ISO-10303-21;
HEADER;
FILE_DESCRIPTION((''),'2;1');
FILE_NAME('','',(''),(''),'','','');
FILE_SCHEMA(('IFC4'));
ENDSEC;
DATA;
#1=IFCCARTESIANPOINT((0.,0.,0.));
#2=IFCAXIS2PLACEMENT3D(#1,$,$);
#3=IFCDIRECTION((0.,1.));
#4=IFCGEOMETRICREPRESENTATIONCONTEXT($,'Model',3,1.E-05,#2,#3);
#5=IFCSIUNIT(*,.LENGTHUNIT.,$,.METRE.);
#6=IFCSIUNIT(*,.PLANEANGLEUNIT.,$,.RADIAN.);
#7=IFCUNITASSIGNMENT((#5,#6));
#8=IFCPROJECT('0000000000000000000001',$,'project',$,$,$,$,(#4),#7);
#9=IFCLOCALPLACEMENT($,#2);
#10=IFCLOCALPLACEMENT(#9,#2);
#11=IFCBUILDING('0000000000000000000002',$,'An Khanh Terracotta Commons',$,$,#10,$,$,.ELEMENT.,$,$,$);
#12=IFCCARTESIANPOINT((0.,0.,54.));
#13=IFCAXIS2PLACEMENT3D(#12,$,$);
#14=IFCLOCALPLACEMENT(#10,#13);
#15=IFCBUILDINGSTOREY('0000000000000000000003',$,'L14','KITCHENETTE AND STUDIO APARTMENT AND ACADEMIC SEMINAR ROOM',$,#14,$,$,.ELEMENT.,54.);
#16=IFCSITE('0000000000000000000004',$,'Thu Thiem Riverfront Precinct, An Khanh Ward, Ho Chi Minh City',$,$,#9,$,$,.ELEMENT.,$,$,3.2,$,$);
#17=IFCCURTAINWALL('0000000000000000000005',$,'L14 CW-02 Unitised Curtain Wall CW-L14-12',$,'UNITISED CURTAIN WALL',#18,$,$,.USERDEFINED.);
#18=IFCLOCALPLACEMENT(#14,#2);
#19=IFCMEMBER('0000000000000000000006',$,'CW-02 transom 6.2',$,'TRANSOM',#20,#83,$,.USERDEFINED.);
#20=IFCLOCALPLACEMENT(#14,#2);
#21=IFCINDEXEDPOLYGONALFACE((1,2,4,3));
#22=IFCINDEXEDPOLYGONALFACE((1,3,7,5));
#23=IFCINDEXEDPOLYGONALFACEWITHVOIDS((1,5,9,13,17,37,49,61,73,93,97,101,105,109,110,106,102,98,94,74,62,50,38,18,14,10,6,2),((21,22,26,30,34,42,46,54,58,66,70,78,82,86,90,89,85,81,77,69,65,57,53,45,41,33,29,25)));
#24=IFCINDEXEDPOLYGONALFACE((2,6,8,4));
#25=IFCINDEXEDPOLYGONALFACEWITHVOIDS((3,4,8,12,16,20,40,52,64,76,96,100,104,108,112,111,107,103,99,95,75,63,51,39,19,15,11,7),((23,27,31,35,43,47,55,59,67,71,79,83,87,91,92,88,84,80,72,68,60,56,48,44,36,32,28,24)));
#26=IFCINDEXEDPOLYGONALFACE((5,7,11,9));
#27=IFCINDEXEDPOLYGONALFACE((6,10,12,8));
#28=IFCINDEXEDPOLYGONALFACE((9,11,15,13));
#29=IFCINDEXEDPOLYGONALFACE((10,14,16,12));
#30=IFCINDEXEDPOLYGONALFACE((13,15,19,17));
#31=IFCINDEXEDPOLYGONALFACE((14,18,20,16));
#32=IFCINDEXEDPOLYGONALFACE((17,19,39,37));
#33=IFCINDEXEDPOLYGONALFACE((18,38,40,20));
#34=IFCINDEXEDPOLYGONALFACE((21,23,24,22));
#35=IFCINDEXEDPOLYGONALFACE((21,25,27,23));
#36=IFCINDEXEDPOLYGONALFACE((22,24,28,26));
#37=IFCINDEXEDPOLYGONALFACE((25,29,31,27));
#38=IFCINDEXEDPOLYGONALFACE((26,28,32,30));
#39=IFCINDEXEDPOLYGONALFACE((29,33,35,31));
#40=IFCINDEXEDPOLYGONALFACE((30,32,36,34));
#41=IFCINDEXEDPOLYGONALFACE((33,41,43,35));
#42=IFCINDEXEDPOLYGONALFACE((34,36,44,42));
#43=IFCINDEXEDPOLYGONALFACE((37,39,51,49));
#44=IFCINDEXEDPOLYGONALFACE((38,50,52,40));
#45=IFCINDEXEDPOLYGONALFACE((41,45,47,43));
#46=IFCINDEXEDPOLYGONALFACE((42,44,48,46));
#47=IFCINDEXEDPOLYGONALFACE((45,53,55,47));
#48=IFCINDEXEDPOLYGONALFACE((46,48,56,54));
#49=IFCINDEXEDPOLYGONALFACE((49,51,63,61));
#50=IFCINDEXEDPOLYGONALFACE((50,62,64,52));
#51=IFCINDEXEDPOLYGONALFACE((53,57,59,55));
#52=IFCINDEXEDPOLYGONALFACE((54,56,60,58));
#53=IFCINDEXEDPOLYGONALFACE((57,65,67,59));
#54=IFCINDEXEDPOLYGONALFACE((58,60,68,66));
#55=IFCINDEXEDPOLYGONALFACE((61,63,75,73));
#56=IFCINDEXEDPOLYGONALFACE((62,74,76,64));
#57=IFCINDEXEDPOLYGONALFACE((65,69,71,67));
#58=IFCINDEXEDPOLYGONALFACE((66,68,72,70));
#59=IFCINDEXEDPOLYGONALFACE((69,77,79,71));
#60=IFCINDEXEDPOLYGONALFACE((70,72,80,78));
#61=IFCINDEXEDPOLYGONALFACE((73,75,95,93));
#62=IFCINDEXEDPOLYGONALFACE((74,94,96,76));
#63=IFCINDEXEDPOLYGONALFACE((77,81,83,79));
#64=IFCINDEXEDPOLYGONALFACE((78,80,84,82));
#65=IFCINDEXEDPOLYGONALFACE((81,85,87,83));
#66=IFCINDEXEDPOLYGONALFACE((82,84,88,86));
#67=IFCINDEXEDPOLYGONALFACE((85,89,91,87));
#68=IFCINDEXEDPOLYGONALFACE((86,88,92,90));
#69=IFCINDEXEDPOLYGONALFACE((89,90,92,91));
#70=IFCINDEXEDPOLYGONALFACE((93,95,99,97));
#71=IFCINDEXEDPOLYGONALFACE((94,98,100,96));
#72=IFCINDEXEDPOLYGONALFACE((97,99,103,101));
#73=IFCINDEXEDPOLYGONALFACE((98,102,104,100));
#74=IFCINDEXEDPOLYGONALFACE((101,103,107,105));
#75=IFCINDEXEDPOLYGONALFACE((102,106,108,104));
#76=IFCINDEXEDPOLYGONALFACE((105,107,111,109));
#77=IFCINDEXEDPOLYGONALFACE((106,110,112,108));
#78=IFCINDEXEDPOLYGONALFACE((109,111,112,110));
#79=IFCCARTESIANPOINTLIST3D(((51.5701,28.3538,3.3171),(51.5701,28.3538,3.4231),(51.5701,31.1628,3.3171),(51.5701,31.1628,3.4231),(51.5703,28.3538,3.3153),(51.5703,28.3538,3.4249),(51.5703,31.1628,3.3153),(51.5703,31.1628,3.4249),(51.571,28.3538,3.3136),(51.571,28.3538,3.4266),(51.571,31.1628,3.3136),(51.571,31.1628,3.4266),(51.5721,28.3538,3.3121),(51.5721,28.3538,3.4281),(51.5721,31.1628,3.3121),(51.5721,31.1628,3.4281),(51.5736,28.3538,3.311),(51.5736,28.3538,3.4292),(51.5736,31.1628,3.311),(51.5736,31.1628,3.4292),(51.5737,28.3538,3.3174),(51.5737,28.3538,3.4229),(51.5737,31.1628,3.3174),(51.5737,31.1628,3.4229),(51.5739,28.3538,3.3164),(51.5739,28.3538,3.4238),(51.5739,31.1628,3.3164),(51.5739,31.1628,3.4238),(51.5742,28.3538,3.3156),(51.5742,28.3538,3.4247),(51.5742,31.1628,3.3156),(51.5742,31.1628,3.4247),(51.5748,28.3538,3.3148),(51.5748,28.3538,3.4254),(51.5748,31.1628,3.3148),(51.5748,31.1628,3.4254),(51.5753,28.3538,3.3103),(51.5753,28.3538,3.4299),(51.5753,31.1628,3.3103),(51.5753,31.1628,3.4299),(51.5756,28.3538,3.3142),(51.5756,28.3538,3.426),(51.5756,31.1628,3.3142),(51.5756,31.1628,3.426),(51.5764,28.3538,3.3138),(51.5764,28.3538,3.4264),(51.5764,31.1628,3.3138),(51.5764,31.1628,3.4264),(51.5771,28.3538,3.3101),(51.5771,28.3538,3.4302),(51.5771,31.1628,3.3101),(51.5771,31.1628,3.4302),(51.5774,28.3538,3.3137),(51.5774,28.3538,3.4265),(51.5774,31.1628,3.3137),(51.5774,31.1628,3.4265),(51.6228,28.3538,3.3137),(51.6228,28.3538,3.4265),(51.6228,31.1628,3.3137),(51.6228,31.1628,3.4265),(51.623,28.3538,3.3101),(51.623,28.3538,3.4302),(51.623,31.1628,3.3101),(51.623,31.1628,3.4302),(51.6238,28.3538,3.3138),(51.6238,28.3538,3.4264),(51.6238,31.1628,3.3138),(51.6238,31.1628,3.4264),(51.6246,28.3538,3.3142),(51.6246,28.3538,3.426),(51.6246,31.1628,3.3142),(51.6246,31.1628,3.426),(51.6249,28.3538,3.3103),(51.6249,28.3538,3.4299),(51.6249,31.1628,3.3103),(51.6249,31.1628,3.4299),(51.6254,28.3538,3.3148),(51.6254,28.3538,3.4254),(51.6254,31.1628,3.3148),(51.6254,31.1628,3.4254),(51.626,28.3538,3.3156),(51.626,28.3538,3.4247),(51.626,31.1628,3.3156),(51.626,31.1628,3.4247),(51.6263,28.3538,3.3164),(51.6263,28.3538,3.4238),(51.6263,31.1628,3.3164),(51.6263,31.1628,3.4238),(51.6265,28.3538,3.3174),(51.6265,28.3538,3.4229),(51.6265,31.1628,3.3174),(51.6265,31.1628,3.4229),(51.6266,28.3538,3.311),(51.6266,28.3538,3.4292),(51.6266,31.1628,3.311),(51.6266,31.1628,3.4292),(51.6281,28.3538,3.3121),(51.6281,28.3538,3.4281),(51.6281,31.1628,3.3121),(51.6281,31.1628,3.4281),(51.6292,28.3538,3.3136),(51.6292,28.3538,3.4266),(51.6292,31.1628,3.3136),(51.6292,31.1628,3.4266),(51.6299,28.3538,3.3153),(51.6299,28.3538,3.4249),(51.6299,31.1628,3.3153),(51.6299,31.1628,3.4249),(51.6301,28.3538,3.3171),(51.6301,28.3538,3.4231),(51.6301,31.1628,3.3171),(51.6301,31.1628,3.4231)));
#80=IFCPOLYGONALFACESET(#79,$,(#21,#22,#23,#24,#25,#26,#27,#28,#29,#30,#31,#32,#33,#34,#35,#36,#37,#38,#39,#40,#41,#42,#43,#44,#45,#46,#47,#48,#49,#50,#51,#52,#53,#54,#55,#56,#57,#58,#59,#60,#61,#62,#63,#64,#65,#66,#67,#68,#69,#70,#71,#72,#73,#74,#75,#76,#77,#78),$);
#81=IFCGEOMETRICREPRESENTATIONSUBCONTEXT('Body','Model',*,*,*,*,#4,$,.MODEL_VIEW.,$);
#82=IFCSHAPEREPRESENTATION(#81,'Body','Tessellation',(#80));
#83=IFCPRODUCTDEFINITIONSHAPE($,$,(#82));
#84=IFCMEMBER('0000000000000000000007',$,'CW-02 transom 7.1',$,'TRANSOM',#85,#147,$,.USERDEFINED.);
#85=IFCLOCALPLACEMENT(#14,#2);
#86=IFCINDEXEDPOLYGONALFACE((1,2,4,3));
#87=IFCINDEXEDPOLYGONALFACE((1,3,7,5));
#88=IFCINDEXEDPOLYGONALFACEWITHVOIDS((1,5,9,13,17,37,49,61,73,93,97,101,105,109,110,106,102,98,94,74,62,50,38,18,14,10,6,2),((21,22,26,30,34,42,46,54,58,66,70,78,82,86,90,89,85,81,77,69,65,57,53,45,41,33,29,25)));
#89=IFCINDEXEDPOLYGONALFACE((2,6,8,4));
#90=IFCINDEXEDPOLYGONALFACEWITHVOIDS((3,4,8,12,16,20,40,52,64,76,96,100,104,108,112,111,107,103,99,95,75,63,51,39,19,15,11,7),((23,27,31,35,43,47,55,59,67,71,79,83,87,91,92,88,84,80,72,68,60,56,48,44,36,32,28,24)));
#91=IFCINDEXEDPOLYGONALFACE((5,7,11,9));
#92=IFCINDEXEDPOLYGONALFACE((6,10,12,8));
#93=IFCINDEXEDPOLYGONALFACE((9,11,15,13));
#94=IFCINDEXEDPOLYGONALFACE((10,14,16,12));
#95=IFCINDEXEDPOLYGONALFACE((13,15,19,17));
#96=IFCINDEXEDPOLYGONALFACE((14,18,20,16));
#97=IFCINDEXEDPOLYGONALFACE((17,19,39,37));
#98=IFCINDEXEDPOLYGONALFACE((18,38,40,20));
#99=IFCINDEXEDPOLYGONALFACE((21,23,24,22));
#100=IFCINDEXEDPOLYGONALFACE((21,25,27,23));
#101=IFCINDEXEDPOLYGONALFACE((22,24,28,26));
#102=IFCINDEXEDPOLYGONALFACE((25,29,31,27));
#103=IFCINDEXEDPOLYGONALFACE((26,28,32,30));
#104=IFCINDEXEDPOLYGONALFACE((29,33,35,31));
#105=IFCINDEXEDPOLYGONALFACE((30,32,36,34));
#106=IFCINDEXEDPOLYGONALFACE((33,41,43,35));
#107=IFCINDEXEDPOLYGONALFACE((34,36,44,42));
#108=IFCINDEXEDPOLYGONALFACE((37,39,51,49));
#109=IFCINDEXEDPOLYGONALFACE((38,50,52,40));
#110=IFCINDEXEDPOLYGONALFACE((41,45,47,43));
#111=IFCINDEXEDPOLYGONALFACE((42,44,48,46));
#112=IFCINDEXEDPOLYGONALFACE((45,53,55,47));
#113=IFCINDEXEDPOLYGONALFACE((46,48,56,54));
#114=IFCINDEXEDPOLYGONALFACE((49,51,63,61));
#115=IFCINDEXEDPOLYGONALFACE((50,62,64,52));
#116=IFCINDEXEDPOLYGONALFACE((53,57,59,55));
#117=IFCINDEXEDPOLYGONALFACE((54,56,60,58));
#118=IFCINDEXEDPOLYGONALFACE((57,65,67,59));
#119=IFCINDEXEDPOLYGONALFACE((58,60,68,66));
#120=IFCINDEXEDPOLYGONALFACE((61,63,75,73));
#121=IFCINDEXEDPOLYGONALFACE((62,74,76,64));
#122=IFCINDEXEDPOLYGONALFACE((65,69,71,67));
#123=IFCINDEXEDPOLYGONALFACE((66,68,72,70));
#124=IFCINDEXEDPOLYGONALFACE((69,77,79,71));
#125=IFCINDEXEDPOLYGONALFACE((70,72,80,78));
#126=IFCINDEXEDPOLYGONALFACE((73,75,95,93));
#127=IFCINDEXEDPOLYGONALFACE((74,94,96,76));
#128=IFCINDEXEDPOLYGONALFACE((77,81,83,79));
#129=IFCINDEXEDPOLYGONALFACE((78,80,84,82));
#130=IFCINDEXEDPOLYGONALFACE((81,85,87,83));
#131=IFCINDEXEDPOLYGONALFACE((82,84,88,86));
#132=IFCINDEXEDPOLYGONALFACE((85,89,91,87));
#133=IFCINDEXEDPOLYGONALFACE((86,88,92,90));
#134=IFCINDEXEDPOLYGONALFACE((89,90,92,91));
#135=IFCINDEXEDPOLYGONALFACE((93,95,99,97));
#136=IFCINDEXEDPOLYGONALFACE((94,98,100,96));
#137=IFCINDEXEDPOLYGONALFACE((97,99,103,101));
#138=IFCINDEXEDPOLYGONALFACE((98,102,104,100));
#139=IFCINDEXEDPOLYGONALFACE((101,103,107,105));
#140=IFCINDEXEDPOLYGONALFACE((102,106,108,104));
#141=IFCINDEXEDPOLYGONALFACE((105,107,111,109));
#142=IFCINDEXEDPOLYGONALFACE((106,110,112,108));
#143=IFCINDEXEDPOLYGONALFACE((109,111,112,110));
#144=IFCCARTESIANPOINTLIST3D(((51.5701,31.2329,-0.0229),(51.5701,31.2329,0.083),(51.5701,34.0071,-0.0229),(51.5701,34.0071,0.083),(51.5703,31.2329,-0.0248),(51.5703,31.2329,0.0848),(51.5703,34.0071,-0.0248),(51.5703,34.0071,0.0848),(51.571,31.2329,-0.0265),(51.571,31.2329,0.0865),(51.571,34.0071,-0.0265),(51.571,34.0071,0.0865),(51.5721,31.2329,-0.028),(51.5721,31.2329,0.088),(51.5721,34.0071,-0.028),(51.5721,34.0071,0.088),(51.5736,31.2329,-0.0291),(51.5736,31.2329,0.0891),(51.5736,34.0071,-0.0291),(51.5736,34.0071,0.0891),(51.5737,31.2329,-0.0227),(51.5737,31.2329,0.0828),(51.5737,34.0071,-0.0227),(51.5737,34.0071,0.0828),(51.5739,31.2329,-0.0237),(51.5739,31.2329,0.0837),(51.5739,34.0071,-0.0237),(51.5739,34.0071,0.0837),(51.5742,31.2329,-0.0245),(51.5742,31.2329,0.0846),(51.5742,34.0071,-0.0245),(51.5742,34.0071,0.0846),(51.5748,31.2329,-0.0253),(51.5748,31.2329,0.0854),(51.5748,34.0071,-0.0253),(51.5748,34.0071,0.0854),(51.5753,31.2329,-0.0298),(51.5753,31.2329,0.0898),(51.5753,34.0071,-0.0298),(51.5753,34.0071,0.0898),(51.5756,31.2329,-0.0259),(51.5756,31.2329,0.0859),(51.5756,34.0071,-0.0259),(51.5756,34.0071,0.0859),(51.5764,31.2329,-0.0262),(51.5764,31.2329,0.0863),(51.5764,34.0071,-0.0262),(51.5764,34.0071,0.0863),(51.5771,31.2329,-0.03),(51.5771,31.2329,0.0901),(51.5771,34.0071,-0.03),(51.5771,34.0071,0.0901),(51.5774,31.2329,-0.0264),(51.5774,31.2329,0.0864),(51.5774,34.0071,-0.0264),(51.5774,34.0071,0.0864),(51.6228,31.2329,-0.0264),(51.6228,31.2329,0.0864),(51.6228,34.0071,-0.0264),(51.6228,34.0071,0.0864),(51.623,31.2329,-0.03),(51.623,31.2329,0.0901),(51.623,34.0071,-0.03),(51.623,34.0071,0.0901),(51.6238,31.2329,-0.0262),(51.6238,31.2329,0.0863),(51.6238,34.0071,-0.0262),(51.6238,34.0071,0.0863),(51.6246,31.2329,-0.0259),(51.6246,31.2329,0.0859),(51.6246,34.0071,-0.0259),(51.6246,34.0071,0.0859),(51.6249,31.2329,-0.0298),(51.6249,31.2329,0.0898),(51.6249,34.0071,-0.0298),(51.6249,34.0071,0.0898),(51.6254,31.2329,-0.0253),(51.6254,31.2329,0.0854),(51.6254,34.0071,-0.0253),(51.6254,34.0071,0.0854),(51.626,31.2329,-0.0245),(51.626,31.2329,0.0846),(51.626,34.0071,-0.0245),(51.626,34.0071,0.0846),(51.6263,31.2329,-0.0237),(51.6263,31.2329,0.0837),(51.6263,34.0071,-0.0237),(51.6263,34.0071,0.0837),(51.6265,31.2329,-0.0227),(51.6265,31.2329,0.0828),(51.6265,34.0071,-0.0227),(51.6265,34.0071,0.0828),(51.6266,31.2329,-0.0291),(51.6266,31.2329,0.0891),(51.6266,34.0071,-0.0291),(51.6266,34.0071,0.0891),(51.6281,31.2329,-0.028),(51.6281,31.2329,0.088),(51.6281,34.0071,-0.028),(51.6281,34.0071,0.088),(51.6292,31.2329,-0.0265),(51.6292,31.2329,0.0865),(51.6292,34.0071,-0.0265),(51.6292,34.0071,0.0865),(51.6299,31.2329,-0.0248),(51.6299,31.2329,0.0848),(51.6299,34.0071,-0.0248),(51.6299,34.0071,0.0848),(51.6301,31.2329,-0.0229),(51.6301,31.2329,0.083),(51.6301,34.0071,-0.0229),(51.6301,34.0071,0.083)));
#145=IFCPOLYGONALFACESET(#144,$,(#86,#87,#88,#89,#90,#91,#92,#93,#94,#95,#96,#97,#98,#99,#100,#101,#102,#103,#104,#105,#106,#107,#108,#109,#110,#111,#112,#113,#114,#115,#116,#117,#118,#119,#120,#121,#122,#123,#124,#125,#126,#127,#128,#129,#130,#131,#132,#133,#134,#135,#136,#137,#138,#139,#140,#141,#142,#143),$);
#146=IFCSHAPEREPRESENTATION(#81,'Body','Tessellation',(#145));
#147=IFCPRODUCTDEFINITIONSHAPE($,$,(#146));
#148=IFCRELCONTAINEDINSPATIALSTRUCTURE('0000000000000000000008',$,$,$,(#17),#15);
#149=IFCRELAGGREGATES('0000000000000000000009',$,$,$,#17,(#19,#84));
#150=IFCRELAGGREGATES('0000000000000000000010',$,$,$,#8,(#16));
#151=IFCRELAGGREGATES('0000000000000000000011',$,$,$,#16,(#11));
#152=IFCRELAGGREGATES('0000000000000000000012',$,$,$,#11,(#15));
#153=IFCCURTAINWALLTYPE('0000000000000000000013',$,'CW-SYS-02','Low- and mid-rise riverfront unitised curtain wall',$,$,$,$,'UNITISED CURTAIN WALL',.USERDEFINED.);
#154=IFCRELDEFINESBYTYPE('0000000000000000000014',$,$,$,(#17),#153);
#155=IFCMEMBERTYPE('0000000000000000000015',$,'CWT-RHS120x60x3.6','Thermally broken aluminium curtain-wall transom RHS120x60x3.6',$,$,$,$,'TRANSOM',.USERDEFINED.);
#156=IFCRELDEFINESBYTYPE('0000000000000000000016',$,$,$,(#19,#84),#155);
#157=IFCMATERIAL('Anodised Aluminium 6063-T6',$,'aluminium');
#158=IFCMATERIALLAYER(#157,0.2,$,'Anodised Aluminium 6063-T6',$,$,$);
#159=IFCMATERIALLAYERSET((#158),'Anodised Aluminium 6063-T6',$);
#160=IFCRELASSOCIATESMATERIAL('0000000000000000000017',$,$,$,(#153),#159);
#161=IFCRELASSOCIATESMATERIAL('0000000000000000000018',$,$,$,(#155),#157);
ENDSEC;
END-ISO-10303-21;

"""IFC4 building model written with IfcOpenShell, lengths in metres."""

from ifc_helpers import new_model, si_unit, direction, frame, origin, origin_2d, place, context, subcontext, project, spatial, hollow_rectangle, extrude, material, layer, layer_set, material_profile, profile_set, type_object, element, aggregate, save


model = new_model("IFC4")

# Units and contexts
model_context = context("Model", 3, precision=1e-05, world=origin(), true_north=direction((0.0, 1.0)))
body_context = subcontext(model_context, "Body", "Model", "MODEL_VIEW")
ifc_project = project(units=[si_unit("LENGTHUNIT", "METRE"), si_unit("PLANEANGLEUNIT", "RADIAN")], contexts=[model_context])

# Site, building, storey
site_placement = place(None, origin())
site = spatial("IfcSite", under=ifc_project, at=site_placement, Name="Thu Thiem Riverfront Precinct, An Khanh Ward, Ho Chi Minh City", CompositionType="ELEMENT", RefElevation=3.2)
building_placement = place(site_placement, origin())
building = spatial("IfcBuilding", under=site, at=building_placement, Name="An Khanh Terracotta Commons", CompositionType="ELEMENT")
storey_placement = place(building_placement, frame((0.0, 0.0, 54.0)))
storey = spatial("IfcBuildingStorey", under=building, at=storey_placement, Name="L14", Description="KITCHENETTE AND STUDIO APARTMENT AND ACADEMIC SEMINAR ROOM", CompositionType="ELEMENT", Elevation=54.0)

# Curtain wall, members
ifc_material_1 = material(Name="Anodised Aluminium 6063-T6", Category="aluminium")
ifc_layer_1 = layer(ifc_material_1, 0.2, Name="Anodised Aluminium 6063-T6")
ifc_layer_set_1 = layer_set([ifc_layer_1], Name="Anodised Aluminium 6063-T6")
curtain_wall_type = type_object("IfcCurtainWallType", Name="CW-SYS-02", Description="Low- and mid-rise riverfront unitised curtain wall", ElementType="UNITISED CURTAIN WALL", PredefinedType="USERDEFINED", material=ifc_layer_set_1)
curtain_wall_placement = place(storey_placement, origin())
curtain_wall = element("IfcCurtainWall", 1, at=curtain_wall_placement, inside=storey, type_object=curtain_wall_type, Name="L14 CW-02 Unitised Curtain Wall CW-L14-12", ObjectType="UNITISED CURTAIN WALL", PredefinedType="USERDEFINED")
ifc_material_profile_1 = material_profile(ifc_material_1, hollow_rectangle(XDim=0.0601, YDim=0.1201, WallThickness=0.0037, InnerFilletRadius=0.0037, OuterFilletRadius=0.0071, at=origin_2d()), Name="RHS120x60x3.6")
ifc_profile_set_1 = profile_set([ifc_material_profile_1], Name="Anodised Aluminium 6063-T6")
member_type_1 = type_object("IfcMemberType", Name="CWT-RHS120x60x3.6", Description="Thermally broken aluminium curtain-wall transom RHS120x60x3.6", ElementType="TRANSOM", PredefinedType="USERDEFINED", material=ifc_profile_set_1)
member_1_placement = place(storey_placement, frame((51.6001, 28.3538, 3.3701), z_axis=(0.0, 1.0, 0.0), x_axis=(-1.0, 0.0, 0.0)))
member_1 = element("IfcMember", 2, at=member_1_placement, type_object=member_type_1, Name="CW-02 transom 6.2", ObjectType="TRANSOM", PredefinedType="USERDEFINED", context=body_context, shape_type="SweptSolid", body=[
    extrude(hollow_rectangle(XDim=0.0601, YDim=0.1201, WallThickness=0.0037, InnerFilletRadius=0.0037, OuterFilletRadius=0.0071, at=origin_2d()), origin(), (0.0, 0.0, 1.0), 2.8091),
])
member_2_placement = place(storey_placement, frame((51.6001, 31.2329, 0.03), z_axis=(0.0, 1.0, 0.0), x_axis=(-1.0, 0.0, 0.0)))
member_2 = element("IfcMember", 3, at=member_2_placement, type_object=member_type_1, Name="CW-02 transom 7.1", ObjectType="TRANSOM", PredefinedType="USERDEFINED", context=body_context, shape_type="SweptSolid", body=[
    extrude(hollow_rectangle(XDim=0.0601, YDim=0.1201, WallThickness=0.0037, InnerFilletRadius=0.0037, OuterFilletRadius=0.0071, at=origin_2d()), origin(), (0.0, 0.0, 1.0), 2.7742),
])
aggregate(curtain_wall, [member_1, member_2])

save(model, "model.ifc")
